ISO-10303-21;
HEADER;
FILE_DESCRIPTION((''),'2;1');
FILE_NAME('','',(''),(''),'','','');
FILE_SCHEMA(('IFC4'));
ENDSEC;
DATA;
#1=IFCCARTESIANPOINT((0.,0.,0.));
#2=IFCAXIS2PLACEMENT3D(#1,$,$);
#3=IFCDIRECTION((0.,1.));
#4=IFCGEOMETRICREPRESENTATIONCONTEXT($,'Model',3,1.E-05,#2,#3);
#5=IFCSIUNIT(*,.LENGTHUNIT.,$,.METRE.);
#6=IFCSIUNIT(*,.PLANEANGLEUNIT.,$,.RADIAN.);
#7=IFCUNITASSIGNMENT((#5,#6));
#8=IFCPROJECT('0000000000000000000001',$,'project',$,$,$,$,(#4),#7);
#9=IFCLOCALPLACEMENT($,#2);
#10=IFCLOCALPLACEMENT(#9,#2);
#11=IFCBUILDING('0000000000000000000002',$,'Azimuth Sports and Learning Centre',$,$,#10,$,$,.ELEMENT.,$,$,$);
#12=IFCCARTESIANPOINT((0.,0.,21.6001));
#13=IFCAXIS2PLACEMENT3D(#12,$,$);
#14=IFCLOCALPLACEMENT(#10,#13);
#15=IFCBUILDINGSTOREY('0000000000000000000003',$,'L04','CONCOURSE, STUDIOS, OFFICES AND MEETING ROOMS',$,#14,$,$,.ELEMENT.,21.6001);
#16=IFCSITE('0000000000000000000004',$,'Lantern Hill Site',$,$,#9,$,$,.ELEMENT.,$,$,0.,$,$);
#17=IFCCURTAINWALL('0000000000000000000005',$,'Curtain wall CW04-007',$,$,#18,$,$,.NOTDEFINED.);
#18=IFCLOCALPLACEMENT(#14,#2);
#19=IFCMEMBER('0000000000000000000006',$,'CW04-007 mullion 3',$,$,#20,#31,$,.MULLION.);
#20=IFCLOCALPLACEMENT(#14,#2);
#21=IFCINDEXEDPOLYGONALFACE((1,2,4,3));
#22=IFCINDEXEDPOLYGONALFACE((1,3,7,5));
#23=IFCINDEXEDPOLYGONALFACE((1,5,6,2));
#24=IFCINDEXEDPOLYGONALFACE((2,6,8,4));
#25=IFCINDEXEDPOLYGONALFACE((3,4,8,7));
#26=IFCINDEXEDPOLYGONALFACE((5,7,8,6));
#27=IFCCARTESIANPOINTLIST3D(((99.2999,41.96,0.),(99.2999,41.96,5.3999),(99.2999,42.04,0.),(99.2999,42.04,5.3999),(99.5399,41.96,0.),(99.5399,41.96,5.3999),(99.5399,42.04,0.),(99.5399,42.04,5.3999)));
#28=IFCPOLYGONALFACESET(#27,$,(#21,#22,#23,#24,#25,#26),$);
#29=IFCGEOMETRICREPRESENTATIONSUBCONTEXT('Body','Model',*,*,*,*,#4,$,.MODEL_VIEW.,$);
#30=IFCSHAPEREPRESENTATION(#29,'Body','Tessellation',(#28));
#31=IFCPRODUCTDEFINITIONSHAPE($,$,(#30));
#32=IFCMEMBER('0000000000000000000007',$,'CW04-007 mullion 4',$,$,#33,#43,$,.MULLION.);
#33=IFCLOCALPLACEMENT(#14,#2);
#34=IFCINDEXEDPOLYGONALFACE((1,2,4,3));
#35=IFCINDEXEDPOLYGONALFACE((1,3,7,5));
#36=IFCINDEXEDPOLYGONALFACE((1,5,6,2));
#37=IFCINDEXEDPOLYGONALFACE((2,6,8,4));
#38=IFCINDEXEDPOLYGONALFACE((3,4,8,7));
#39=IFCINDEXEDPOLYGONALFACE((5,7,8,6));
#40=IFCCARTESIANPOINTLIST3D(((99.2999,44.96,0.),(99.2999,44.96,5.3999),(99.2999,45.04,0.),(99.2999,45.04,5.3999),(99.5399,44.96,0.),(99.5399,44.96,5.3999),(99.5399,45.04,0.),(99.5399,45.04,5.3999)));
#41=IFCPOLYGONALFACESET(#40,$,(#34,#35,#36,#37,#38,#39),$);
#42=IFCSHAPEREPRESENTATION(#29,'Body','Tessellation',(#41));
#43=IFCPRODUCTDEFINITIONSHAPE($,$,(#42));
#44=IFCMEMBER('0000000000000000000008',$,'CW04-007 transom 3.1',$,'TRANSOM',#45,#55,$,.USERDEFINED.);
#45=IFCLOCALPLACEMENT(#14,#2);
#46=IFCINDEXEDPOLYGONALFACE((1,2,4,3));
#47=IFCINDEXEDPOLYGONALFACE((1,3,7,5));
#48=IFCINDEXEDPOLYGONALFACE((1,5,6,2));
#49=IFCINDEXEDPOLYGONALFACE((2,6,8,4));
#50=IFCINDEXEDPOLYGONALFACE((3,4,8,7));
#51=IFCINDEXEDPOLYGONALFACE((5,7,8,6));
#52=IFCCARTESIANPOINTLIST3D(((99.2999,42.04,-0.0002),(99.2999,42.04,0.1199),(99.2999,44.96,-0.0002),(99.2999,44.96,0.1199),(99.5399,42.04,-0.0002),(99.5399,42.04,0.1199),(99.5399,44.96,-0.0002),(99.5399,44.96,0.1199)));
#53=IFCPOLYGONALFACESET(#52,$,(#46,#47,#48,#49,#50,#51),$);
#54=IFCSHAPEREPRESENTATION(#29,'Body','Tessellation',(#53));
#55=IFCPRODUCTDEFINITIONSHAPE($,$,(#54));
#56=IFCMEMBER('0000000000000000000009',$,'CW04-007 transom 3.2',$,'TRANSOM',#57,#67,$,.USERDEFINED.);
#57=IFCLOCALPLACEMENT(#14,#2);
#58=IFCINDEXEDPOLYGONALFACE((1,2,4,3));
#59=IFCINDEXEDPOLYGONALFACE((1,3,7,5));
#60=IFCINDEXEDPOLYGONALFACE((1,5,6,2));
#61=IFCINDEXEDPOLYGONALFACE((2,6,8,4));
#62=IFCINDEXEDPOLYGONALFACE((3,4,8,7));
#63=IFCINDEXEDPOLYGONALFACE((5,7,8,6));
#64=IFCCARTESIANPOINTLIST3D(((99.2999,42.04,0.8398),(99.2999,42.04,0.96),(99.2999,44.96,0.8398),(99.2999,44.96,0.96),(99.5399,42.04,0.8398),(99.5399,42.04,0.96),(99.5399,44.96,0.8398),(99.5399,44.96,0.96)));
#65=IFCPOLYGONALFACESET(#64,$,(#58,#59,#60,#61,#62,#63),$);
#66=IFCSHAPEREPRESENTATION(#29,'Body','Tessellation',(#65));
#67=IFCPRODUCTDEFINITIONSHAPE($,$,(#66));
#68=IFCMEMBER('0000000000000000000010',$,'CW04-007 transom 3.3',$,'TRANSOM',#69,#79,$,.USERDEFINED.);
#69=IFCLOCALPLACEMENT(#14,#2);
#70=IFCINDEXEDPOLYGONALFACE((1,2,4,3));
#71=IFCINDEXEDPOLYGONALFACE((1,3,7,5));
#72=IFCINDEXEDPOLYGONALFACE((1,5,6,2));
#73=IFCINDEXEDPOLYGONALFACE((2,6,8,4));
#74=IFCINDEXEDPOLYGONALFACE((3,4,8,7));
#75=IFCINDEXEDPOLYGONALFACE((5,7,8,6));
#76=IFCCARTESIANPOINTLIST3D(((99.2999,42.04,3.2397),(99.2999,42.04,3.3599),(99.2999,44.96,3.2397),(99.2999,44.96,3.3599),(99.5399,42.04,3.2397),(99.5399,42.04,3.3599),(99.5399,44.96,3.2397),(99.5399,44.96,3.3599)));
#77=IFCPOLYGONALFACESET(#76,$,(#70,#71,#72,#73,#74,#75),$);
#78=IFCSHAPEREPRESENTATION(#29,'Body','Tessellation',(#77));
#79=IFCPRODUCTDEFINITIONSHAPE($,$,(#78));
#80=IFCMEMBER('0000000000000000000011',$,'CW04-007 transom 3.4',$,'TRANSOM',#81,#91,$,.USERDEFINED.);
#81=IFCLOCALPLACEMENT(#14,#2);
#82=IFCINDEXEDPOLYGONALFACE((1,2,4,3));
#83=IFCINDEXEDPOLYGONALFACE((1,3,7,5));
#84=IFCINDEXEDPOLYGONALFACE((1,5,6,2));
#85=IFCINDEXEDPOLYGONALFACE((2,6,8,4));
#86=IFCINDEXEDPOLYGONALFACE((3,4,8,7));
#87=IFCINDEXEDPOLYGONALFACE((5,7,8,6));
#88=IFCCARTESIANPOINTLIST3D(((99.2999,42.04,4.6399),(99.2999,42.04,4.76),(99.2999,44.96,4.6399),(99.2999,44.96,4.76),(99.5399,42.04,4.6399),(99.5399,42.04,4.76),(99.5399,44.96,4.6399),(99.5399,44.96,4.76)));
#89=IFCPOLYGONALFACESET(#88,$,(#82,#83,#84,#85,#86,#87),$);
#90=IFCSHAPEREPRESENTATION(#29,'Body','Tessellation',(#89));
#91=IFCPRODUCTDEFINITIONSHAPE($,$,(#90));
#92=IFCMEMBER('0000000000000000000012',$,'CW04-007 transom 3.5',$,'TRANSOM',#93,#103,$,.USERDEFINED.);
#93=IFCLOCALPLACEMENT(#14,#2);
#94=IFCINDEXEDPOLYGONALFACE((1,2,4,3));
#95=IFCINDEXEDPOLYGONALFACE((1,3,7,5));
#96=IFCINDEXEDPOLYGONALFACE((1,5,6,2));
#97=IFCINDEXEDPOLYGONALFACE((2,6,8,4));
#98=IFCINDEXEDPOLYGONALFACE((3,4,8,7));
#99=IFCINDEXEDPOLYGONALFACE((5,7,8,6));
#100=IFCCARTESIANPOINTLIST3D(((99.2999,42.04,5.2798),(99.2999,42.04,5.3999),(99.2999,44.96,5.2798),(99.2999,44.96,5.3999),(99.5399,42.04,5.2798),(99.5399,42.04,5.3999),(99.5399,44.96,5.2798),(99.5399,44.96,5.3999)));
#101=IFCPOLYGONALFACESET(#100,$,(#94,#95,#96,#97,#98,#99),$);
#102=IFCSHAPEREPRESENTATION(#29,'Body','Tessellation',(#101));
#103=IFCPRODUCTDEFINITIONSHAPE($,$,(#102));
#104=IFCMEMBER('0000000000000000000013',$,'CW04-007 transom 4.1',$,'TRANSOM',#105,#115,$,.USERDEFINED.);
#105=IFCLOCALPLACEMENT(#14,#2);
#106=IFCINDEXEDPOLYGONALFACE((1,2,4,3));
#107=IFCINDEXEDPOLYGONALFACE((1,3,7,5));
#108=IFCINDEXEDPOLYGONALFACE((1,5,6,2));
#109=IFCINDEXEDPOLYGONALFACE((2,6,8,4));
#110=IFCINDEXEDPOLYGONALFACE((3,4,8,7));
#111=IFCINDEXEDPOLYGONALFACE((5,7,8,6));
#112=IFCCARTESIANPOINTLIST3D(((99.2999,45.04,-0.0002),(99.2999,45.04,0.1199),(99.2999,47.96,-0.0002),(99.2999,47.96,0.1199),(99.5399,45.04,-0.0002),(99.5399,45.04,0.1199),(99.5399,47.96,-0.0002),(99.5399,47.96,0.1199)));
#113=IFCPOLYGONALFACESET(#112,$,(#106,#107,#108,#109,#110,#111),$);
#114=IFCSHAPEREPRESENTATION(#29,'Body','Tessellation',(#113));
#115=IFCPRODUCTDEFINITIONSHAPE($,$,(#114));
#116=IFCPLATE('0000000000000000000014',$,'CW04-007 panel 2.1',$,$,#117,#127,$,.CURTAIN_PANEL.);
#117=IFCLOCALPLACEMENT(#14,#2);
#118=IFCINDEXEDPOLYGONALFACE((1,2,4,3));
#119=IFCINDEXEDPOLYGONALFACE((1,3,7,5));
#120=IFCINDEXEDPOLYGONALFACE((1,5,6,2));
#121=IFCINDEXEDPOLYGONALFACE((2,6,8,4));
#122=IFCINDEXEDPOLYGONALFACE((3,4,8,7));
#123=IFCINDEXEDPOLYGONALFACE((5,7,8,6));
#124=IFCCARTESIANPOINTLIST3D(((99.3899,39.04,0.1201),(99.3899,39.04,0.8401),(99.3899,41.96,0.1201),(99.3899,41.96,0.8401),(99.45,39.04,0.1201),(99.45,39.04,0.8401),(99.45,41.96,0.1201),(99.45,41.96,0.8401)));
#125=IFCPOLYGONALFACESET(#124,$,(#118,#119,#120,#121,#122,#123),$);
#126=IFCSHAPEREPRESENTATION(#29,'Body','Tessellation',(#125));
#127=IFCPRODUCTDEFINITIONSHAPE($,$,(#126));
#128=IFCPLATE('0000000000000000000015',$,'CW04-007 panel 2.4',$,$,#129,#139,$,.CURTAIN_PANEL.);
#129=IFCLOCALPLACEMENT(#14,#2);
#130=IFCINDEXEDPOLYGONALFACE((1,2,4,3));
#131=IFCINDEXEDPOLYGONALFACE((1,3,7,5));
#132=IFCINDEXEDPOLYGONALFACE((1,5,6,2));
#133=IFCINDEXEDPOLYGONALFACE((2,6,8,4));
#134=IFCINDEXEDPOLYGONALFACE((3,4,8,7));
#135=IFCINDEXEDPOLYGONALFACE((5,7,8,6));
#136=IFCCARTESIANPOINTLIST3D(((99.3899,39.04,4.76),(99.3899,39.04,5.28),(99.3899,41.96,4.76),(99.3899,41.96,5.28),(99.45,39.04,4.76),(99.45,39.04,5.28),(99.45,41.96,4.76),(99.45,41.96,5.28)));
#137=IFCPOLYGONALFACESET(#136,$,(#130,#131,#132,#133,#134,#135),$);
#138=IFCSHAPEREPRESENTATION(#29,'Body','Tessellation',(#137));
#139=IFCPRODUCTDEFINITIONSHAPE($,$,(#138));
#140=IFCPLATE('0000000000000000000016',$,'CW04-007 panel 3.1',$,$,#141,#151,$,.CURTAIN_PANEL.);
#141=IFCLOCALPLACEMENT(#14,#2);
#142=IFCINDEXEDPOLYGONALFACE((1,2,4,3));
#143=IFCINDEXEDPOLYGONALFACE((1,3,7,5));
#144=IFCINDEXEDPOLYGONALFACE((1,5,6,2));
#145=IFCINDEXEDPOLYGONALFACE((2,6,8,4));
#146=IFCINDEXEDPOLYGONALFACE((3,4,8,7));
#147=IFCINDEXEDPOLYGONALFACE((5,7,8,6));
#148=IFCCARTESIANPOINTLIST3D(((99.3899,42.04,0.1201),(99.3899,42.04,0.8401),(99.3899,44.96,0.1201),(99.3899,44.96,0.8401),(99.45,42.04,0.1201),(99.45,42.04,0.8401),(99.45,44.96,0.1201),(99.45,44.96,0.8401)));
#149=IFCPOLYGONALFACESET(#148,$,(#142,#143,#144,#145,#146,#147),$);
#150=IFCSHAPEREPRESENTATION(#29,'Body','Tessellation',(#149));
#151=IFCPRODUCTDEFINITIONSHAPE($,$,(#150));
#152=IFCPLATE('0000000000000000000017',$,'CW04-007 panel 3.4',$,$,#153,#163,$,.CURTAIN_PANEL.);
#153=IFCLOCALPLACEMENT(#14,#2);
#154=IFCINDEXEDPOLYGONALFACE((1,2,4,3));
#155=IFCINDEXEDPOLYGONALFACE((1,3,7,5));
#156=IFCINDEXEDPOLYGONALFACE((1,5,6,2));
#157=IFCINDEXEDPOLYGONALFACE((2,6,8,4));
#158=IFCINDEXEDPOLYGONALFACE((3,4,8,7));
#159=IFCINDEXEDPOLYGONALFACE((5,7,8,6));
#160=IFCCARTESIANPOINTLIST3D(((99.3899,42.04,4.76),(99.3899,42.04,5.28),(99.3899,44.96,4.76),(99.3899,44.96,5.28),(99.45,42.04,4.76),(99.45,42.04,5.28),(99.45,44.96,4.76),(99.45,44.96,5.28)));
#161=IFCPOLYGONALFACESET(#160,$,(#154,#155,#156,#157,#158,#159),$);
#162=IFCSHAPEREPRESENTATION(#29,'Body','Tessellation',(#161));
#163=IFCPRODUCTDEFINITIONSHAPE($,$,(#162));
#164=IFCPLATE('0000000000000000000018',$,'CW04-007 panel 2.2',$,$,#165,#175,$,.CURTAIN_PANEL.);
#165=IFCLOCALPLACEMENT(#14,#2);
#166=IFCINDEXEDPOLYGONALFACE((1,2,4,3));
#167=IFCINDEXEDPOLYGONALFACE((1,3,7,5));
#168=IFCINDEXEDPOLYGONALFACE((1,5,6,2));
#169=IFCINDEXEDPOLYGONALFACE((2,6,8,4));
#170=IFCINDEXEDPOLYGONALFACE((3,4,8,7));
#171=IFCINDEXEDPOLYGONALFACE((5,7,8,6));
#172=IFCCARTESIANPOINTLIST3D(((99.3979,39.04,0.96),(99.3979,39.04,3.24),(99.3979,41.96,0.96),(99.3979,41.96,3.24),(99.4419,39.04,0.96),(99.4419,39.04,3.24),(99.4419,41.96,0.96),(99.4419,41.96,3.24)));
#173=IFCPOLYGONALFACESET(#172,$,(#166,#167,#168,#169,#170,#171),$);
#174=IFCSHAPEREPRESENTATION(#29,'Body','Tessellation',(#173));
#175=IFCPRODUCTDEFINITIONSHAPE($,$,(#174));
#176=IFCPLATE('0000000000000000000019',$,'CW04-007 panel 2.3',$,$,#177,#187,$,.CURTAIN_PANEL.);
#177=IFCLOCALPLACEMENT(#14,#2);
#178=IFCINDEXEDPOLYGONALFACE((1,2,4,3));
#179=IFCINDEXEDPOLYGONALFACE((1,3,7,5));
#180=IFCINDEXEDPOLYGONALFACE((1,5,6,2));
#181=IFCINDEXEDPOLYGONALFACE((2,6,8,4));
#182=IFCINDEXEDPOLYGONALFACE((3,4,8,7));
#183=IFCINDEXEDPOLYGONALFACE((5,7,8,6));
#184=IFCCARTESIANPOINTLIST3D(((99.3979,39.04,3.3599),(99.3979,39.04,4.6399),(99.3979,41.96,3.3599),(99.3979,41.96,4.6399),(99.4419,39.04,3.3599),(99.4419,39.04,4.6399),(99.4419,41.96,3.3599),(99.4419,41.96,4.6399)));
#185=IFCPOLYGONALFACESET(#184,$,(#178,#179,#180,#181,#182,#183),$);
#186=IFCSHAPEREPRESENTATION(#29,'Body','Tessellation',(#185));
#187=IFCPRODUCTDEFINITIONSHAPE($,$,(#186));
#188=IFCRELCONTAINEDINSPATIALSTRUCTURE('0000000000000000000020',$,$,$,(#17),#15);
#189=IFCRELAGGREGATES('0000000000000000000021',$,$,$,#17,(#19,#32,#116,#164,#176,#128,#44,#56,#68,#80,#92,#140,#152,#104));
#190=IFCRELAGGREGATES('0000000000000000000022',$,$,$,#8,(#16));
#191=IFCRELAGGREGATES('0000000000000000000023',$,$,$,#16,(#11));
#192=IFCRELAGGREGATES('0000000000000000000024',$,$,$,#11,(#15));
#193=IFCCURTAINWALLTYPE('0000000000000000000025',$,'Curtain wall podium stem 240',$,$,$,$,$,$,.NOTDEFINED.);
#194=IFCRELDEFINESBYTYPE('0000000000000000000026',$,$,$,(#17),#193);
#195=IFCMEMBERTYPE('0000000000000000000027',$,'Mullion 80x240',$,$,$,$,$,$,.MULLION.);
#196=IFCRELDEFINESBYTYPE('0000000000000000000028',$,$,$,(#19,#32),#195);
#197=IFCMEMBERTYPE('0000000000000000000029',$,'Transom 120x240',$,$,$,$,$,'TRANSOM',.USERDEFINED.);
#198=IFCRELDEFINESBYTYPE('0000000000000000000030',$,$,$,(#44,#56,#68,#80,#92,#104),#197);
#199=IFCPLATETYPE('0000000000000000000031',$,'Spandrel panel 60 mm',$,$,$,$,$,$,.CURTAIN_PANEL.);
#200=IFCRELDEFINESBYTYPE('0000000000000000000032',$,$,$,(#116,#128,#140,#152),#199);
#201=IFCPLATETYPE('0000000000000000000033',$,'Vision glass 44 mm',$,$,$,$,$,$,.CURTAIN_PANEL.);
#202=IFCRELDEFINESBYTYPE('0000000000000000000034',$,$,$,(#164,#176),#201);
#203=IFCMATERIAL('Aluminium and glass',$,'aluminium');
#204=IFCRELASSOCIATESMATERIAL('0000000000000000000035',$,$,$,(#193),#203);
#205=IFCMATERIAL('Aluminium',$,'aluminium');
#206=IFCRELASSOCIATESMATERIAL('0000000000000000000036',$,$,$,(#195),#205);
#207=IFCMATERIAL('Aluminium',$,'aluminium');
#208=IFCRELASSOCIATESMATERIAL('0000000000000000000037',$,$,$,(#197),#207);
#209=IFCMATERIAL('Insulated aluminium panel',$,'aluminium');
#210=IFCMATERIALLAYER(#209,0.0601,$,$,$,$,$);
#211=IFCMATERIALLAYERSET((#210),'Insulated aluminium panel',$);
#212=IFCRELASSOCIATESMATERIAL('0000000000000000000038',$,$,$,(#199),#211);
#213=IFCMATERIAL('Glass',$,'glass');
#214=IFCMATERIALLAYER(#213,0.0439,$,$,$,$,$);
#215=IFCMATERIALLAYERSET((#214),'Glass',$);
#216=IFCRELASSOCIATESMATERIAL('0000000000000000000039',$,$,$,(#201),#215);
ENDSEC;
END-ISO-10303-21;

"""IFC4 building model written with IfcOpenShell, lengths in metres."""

from ifc_helpers import new_model, si_unit, direction, frame, origin, origin_2d, place, context, subcontext, project, spatial, rectangle, extrude, material, layer, layer_set, material_profile, profile_set, type_object, element, aggregate, save


model = new_model("IFC4")

# Units and contexts
model_context = context("Model", 3, precision=1e-05, world=origin(), true_north=direction((0.0, 1.0)))
body_context = subcontext(model_context, "Body", "Model", "MODEL_VIEW")
ifc_project = project(units=[si_unit("LENGTHUNIT", "METRE"), si_unit("PLANEANGLEUNIT", "RADIAN")], contexts=[model_context])

# Site, building, storey
site_placement = place(None, origin())
site = spatial("IfcSite", under=ifc_project, at=site_placement, Name="Lantern Hill Site", CompositionType="ELEMENT", RefElevation=0.0)
building_placement = place(site_placement, origin())
building = spatial("IfcBuilding", under=site, at=building_placement, Name="Azimuth Sports and Learning Centre", CompositionType="ELEMENT")
storey_placement = place(building_placement, frame((0.0, 0.0, 21.6001)))
storey = spatial("IfcBuildingStorey", under=building, at=storey_placement, Name="L04", Description="CONCOURSE, STUDIOS, OFFICES AND MEETING ROOMS", CompositionType="ELEMENT", Elevation=21.6001)

# Curtain wall, members, plates
ifc_material_1 = material(Name="Aluminium and glass", Category="aluminium")
curtain_wall_type = type_object("IfcCurtainWallType", Name="Curtain wall podium stem 240", PredefinedType="NOTDEFINED", material=ifc_material_1)
curtain_wall_placement = place(storey_placement, origin())
curtain_wall = element("IfcCurtainWall", 1, at=curtain_wall_placement, inside=storey, type_object=curtain_wall_type, Name="Curtain wall CW04-007", PredefinedType="NOTDEFINED")
ifc_material_2 = material(Name="Aluminium", Category="aluminium")
ifc_material_profile_1 = material_profile(ifc_material_2, rectangle(XDim=0.24, YDim=0.0801, at=origin_2d()), Name="Mullion 80x240")
ifc_profile_set_1 = profile_set([ifc_material_profile_1], Name="Aluminium")
member_type_1 = type_object("IfcMemberType", Name="Mullion 80x240", PredefinedType="MULLION", material=ifc_profile_set_1)
member_1_placement = place(storey_placement, frame((99.4199, 42.0, 0.0), z_axis=(0.0, 0.0, 1.0), x_axis=(-1.0, 0.0, 0.0)))
member_1 = element("IfcMember", 2, at=member_1_placement, type_object=member_type_1, Name="CW04-007 mullion 3", PredefinedType="MULLION", context=body_context, shape_type="SweptSolid", body=[
    extrude(rectangle(XDim=0.24, YDim=0.0801, at=origin_2d()), origin(), (0.0, 0.0, 1.0), 5.3999),
])
member_2_placement = place(storey_placement, frame((99.4199, 45.0, 0.0), z_axis=(0.0, 0.0, 1.0), x_axis=(-1.0, 0.0, 0.0)))
member_2 = element("IfcMember", 3, at=member_2_placement, type_object=member_type_1, Name="CW04-007 mullion 4", PredefinedType="MULLION", context=body_context, shape_type="SweptSolid", body=[
    extrude(rectangle(XDim=0.24, YDim=0.0801, at=origin_2d()), origin(), (0.0, 0.0, 1.0), 5.3999),
])
ifc_material_3 = material(Name="Aluminium", Category="aluminium")
ifc_material_profile_2 = material_profile(ifc_material_3, rectangle(XDim=0.24, YDim=0.1201, at=origin_2d()), Name="Transom 120x240")
ifc_profile_set_2 = profile_set([ifc_material_profile_2], Name="Aluminium")
member_type_2 = type_object("IfcMemberType", Name="Transom 120x240", ElementType="TRANSOM", PredefinedType="USERDEFINED", material=ifc_profile_set_2)
member_3_placement = place(storey_placement, frame((99.4199, 42.04, 0.0598), z_axis=(0.0, 1.0, 0.0), x_axis=(-1.0, 0.0, 0.0)))
member_3 = element("IfcMember", 4, at=member_3_placement, type_object=member_type_2, Name="CW04-007 transom 3.1", ObjectType="TRANSOM", PredefinedType="USERDEFINED", context=body_context, shape_type="SweptSolid", body=[
    extrude(rectangle(XDim=0.24, YDim=0.1201, at=origin_2d()), origin(), (0.0, 0.0, 1.0), 2.9199),
])
member_4_placement = place(storey_placement, frame((99.4199, 42.04, 0.8999), z_axis=(0.0, 1.0, 0.0), x_axis=(-1.0, 0.0, 0.0)))
member_4 = element("IfcMember", 5, at=member_4_placement, type_object=member_type_2, Name="CW04-007 transom 3.2", ObjectType="TRANSOM", PredefinedType="USERDEFINED", context=body_context, shape_type="SweptSolid", body=[
    extrude(rectangle(XDim=0.24, YDim=0.1201, at=origin_2d()), origin(), (0.0, 0.0, 1.0), 2.9199),
])
member_5_placement = place(storey_placement, frame((99.4199, 42.04, 3.2998), z_axis=(0.0, 1.0, 0.0), x_axis=(-1.0, 0.0, 0.0)))
member_5 = element("IfcMember", 6, at=member_5_placement, type_object=member_type_2, Name="CW04-007 transom 3.3", ObjectType="TRANSOM", PredefinedType="USERDEFINED", context=body_context, shape_type="SweptSolid", body=[
    extrude(rectangle(XDim=0.24, YDim=0.1201, at=origin_2d()), origin(), (0.0, 0.0, 1.0), 2.9199),
])
member_6_placement = place(storey_placement, frame((99.4199, 42.04, 4.7), z_axis=(0.0, 1.0, 0.0), x_axis=(-1.0, 0.0, 0.0)))
member_6 = element("IfcMember", 7, at=member_6_placement, type_object=member_type_2, Name="CW04-007 transom 3.4", ObjectType="TRANSOM", PredefinedType="USERDEFINED", context=body_context, shape_type="SweptSolid", body=[
    extrude(rectangle(XDim=0.24, YDim=0.1201, at=origin_2d()), origin(), (0.0, 0.0, 1.0), 2.9199),
])
member_7_placement = place(storey_placement, frame((99.4199, 42.04, 5.3398), z_axis=(0.0, 1.0, 0.0), x_axis=(-1.0, 0.0, 0.0)))
member_7 = element("IfcMember", 8, at=member_7_placement, type_object=member_type_2, Name="CW04-007 transom 3.5", ObjectType="TRANSOM", PredefinedType="USERDEFINED", context=body_context, shape_type="SweptSolid", body=[
    extrude(rectangle(XDim=0.24, YDim=0.1201, at=origin_2d()), origin(), (0.0, 0.0, 1.0), 2.9199),
])
member_8_placement = place(storey_placement, frame((99.4199, 45.04, 0.0598), z_axis=(0.0, 1.0, 0.0), x_axis=(-1.0, 0.0, 0.0)))
member_8 = element("IfcMember", 9, at=member_8_placement, type_object=member_type_2, Name="CW04-007 transom 4.1", ObjectType="TRANSOM", PredefinedType="USERDEFINED", context=body_context, shape_type="SweptSolid", body=[
    extrude(rectangle(XDim=0.24, YDim=0.1201, at=origin_2d()), origin(), (0.0, 0.0, 1.0), 2.9199),
])
ifc_material_4 = material(Name="Insulated aluminium panel", Category="aluminium")
ifc_layer_1 = layer(ifc_material_4, 0.0601)
ifc_layer_set_1 = layer_set([ifc_layer_1], Name="Insulated aluminium panel")
plate_type_1 = type_object("IfcPlateType", Name="Spandrel panel 60 mm", PredefinedType="CURTAIN_PANEL", material=ifc_layer_set_1)
plate_1_placement = place(storey_placement, frame((99.4199, 40.5, 0.1201), z_axis=(0.0, 0.0, 1.0), x_axis=(0.0, 1.0, 0.0)))
plate_1 = element("IfcPlate", 10, at=plate_1_placement, type_object=plate_type_1, Name="CW04-007 panel 2.1", PredefinedType="CURTAIN_PANEL", context=body_context, shape_type="SweptSolid", body=[
    extrude(rectangle(XDim=2.9199, YDim=0.0601, at=origin_2d()), origin(), (0.0, 0.0, 1.0), 0.72),
])
plate_2_placement = place(storey_placement, frame((99.4199, 40.5, 4.76), z_axis=(0.0, 0.0, 1.0), x_axis=(0.0, 1.0, 0.0)))
plate_2 = element("IfcPlate", 11, at=plate_2_placement, type_object=plate_type_1, Name="CW04-007 panel 2.4", PredefinedType="CURTAIN_PANEL", context=body_context, shape_type="SweptSolid", body=[
    extrude(rectangle(XDim=2.9199, YDim=0.0601, at=origin_2d()), origin(), (0.0, 0.0, 1.0), 0.52),
])
plate_3_placement = place(storey_placement, frame((99.4199, 43.5, 0.1201), z_axis=(0.0, 0.0, 1.0), x_axis=(0.0, 1.0, 0.0)))
plate_3 = element("IfcPlate", 12, at=plate_3_placement, type_object=plate_type_1, Name="CW04-007 panel 3.1", PredefinedType="CURTAIN_PANEL", context=body_context, shape_type="SweptSolid", body=[
    extrude(rectangle(XDim=2.9199, YDim=0.0601, at=origin_2d()), origin(), (0.0, 0.0, 1.0), 0.72),
])
plate_4_placement = place(storey_placement, frame((99.4199, 43.5, 4.76), z_axis=(0.0, 0.0, 1.0), x_axis=(0.0, 1.0, 0.0)))
plate_4 = element("IfcPlate", 13, at=plate_4_placement, type_object=plate_type_1, Name="CW04-007 panel 3.4", PredefinedType="CURTAIN_PANEL", context=body_context, shape_type="SweptSolid", body=[
    extrude(rectangle(XDim=2.9199, YDim=0.0601, at=origin_2d()), origin(), (0.0, 0.0, 1.0), 0.52),
])
ifc_material_5 = material(Name="Glass", Category="glass")
ifc_layer_2 = layer(ifc_material_5, 0.0439)
ifc_layer_set_2 = layer_set([ifc_layer_2], Name="Glass")
plate_type_2 = type_object("IfcPlateType", Name="Vision glass 44 mm", PredefinedType="CURTAIN_PANEL", material=ifc_layer_set_2)
plate_5_placement = place(storey_placement, frame((99.4199, 40.5, 0.96), z_axis=(0.0, 0.0, 1.0), x_axis=(0.0, 1.0, 0.0)))
plate_5 = element("IfcPlate", 14, at=plate_5_placement, type_object=plate_type_2, Name="CW04-007 panel 2.2", PredefinedType="CURTAIN_PANEL", context=body_context, shape_type="SweptSolid", body=[
    extrude(rectangle(XDim=2.9199, YDim=0.0439, at=origin_2d()), origin(), (0.0, 0.0, 1.0), 2.28),
])
plate_6_placement = place(storey_placement, frame((99.4199, 40.5, 3.3599), z_axis=(0.0, 0.0, 1.0), x_axis=(0.0, 1.0, 0.0)))
plate_6 = element("IfcPlate", 15, at=plate_6_placement, type_object=plate_type_2, Name="CW04-007 panel 2.3", PredefinedType="CURTAIN_PANEL", context=body_context, shape_type="SweptSolid", body=[
    extrude(rectangle(XDim=2.9199, YDim=0.0439, at=origin_2d()), origin(), (0.0, 0.0, 1.0), 1.28),
])
aggregate(curtain_wall, [member_1, member_2, plate_1, plate_5, plate_6, plate_2, member_3, member_4, member_5, member_6, member_7, plate_3, plate_4, member_8])

save(model, "model.ifc")
